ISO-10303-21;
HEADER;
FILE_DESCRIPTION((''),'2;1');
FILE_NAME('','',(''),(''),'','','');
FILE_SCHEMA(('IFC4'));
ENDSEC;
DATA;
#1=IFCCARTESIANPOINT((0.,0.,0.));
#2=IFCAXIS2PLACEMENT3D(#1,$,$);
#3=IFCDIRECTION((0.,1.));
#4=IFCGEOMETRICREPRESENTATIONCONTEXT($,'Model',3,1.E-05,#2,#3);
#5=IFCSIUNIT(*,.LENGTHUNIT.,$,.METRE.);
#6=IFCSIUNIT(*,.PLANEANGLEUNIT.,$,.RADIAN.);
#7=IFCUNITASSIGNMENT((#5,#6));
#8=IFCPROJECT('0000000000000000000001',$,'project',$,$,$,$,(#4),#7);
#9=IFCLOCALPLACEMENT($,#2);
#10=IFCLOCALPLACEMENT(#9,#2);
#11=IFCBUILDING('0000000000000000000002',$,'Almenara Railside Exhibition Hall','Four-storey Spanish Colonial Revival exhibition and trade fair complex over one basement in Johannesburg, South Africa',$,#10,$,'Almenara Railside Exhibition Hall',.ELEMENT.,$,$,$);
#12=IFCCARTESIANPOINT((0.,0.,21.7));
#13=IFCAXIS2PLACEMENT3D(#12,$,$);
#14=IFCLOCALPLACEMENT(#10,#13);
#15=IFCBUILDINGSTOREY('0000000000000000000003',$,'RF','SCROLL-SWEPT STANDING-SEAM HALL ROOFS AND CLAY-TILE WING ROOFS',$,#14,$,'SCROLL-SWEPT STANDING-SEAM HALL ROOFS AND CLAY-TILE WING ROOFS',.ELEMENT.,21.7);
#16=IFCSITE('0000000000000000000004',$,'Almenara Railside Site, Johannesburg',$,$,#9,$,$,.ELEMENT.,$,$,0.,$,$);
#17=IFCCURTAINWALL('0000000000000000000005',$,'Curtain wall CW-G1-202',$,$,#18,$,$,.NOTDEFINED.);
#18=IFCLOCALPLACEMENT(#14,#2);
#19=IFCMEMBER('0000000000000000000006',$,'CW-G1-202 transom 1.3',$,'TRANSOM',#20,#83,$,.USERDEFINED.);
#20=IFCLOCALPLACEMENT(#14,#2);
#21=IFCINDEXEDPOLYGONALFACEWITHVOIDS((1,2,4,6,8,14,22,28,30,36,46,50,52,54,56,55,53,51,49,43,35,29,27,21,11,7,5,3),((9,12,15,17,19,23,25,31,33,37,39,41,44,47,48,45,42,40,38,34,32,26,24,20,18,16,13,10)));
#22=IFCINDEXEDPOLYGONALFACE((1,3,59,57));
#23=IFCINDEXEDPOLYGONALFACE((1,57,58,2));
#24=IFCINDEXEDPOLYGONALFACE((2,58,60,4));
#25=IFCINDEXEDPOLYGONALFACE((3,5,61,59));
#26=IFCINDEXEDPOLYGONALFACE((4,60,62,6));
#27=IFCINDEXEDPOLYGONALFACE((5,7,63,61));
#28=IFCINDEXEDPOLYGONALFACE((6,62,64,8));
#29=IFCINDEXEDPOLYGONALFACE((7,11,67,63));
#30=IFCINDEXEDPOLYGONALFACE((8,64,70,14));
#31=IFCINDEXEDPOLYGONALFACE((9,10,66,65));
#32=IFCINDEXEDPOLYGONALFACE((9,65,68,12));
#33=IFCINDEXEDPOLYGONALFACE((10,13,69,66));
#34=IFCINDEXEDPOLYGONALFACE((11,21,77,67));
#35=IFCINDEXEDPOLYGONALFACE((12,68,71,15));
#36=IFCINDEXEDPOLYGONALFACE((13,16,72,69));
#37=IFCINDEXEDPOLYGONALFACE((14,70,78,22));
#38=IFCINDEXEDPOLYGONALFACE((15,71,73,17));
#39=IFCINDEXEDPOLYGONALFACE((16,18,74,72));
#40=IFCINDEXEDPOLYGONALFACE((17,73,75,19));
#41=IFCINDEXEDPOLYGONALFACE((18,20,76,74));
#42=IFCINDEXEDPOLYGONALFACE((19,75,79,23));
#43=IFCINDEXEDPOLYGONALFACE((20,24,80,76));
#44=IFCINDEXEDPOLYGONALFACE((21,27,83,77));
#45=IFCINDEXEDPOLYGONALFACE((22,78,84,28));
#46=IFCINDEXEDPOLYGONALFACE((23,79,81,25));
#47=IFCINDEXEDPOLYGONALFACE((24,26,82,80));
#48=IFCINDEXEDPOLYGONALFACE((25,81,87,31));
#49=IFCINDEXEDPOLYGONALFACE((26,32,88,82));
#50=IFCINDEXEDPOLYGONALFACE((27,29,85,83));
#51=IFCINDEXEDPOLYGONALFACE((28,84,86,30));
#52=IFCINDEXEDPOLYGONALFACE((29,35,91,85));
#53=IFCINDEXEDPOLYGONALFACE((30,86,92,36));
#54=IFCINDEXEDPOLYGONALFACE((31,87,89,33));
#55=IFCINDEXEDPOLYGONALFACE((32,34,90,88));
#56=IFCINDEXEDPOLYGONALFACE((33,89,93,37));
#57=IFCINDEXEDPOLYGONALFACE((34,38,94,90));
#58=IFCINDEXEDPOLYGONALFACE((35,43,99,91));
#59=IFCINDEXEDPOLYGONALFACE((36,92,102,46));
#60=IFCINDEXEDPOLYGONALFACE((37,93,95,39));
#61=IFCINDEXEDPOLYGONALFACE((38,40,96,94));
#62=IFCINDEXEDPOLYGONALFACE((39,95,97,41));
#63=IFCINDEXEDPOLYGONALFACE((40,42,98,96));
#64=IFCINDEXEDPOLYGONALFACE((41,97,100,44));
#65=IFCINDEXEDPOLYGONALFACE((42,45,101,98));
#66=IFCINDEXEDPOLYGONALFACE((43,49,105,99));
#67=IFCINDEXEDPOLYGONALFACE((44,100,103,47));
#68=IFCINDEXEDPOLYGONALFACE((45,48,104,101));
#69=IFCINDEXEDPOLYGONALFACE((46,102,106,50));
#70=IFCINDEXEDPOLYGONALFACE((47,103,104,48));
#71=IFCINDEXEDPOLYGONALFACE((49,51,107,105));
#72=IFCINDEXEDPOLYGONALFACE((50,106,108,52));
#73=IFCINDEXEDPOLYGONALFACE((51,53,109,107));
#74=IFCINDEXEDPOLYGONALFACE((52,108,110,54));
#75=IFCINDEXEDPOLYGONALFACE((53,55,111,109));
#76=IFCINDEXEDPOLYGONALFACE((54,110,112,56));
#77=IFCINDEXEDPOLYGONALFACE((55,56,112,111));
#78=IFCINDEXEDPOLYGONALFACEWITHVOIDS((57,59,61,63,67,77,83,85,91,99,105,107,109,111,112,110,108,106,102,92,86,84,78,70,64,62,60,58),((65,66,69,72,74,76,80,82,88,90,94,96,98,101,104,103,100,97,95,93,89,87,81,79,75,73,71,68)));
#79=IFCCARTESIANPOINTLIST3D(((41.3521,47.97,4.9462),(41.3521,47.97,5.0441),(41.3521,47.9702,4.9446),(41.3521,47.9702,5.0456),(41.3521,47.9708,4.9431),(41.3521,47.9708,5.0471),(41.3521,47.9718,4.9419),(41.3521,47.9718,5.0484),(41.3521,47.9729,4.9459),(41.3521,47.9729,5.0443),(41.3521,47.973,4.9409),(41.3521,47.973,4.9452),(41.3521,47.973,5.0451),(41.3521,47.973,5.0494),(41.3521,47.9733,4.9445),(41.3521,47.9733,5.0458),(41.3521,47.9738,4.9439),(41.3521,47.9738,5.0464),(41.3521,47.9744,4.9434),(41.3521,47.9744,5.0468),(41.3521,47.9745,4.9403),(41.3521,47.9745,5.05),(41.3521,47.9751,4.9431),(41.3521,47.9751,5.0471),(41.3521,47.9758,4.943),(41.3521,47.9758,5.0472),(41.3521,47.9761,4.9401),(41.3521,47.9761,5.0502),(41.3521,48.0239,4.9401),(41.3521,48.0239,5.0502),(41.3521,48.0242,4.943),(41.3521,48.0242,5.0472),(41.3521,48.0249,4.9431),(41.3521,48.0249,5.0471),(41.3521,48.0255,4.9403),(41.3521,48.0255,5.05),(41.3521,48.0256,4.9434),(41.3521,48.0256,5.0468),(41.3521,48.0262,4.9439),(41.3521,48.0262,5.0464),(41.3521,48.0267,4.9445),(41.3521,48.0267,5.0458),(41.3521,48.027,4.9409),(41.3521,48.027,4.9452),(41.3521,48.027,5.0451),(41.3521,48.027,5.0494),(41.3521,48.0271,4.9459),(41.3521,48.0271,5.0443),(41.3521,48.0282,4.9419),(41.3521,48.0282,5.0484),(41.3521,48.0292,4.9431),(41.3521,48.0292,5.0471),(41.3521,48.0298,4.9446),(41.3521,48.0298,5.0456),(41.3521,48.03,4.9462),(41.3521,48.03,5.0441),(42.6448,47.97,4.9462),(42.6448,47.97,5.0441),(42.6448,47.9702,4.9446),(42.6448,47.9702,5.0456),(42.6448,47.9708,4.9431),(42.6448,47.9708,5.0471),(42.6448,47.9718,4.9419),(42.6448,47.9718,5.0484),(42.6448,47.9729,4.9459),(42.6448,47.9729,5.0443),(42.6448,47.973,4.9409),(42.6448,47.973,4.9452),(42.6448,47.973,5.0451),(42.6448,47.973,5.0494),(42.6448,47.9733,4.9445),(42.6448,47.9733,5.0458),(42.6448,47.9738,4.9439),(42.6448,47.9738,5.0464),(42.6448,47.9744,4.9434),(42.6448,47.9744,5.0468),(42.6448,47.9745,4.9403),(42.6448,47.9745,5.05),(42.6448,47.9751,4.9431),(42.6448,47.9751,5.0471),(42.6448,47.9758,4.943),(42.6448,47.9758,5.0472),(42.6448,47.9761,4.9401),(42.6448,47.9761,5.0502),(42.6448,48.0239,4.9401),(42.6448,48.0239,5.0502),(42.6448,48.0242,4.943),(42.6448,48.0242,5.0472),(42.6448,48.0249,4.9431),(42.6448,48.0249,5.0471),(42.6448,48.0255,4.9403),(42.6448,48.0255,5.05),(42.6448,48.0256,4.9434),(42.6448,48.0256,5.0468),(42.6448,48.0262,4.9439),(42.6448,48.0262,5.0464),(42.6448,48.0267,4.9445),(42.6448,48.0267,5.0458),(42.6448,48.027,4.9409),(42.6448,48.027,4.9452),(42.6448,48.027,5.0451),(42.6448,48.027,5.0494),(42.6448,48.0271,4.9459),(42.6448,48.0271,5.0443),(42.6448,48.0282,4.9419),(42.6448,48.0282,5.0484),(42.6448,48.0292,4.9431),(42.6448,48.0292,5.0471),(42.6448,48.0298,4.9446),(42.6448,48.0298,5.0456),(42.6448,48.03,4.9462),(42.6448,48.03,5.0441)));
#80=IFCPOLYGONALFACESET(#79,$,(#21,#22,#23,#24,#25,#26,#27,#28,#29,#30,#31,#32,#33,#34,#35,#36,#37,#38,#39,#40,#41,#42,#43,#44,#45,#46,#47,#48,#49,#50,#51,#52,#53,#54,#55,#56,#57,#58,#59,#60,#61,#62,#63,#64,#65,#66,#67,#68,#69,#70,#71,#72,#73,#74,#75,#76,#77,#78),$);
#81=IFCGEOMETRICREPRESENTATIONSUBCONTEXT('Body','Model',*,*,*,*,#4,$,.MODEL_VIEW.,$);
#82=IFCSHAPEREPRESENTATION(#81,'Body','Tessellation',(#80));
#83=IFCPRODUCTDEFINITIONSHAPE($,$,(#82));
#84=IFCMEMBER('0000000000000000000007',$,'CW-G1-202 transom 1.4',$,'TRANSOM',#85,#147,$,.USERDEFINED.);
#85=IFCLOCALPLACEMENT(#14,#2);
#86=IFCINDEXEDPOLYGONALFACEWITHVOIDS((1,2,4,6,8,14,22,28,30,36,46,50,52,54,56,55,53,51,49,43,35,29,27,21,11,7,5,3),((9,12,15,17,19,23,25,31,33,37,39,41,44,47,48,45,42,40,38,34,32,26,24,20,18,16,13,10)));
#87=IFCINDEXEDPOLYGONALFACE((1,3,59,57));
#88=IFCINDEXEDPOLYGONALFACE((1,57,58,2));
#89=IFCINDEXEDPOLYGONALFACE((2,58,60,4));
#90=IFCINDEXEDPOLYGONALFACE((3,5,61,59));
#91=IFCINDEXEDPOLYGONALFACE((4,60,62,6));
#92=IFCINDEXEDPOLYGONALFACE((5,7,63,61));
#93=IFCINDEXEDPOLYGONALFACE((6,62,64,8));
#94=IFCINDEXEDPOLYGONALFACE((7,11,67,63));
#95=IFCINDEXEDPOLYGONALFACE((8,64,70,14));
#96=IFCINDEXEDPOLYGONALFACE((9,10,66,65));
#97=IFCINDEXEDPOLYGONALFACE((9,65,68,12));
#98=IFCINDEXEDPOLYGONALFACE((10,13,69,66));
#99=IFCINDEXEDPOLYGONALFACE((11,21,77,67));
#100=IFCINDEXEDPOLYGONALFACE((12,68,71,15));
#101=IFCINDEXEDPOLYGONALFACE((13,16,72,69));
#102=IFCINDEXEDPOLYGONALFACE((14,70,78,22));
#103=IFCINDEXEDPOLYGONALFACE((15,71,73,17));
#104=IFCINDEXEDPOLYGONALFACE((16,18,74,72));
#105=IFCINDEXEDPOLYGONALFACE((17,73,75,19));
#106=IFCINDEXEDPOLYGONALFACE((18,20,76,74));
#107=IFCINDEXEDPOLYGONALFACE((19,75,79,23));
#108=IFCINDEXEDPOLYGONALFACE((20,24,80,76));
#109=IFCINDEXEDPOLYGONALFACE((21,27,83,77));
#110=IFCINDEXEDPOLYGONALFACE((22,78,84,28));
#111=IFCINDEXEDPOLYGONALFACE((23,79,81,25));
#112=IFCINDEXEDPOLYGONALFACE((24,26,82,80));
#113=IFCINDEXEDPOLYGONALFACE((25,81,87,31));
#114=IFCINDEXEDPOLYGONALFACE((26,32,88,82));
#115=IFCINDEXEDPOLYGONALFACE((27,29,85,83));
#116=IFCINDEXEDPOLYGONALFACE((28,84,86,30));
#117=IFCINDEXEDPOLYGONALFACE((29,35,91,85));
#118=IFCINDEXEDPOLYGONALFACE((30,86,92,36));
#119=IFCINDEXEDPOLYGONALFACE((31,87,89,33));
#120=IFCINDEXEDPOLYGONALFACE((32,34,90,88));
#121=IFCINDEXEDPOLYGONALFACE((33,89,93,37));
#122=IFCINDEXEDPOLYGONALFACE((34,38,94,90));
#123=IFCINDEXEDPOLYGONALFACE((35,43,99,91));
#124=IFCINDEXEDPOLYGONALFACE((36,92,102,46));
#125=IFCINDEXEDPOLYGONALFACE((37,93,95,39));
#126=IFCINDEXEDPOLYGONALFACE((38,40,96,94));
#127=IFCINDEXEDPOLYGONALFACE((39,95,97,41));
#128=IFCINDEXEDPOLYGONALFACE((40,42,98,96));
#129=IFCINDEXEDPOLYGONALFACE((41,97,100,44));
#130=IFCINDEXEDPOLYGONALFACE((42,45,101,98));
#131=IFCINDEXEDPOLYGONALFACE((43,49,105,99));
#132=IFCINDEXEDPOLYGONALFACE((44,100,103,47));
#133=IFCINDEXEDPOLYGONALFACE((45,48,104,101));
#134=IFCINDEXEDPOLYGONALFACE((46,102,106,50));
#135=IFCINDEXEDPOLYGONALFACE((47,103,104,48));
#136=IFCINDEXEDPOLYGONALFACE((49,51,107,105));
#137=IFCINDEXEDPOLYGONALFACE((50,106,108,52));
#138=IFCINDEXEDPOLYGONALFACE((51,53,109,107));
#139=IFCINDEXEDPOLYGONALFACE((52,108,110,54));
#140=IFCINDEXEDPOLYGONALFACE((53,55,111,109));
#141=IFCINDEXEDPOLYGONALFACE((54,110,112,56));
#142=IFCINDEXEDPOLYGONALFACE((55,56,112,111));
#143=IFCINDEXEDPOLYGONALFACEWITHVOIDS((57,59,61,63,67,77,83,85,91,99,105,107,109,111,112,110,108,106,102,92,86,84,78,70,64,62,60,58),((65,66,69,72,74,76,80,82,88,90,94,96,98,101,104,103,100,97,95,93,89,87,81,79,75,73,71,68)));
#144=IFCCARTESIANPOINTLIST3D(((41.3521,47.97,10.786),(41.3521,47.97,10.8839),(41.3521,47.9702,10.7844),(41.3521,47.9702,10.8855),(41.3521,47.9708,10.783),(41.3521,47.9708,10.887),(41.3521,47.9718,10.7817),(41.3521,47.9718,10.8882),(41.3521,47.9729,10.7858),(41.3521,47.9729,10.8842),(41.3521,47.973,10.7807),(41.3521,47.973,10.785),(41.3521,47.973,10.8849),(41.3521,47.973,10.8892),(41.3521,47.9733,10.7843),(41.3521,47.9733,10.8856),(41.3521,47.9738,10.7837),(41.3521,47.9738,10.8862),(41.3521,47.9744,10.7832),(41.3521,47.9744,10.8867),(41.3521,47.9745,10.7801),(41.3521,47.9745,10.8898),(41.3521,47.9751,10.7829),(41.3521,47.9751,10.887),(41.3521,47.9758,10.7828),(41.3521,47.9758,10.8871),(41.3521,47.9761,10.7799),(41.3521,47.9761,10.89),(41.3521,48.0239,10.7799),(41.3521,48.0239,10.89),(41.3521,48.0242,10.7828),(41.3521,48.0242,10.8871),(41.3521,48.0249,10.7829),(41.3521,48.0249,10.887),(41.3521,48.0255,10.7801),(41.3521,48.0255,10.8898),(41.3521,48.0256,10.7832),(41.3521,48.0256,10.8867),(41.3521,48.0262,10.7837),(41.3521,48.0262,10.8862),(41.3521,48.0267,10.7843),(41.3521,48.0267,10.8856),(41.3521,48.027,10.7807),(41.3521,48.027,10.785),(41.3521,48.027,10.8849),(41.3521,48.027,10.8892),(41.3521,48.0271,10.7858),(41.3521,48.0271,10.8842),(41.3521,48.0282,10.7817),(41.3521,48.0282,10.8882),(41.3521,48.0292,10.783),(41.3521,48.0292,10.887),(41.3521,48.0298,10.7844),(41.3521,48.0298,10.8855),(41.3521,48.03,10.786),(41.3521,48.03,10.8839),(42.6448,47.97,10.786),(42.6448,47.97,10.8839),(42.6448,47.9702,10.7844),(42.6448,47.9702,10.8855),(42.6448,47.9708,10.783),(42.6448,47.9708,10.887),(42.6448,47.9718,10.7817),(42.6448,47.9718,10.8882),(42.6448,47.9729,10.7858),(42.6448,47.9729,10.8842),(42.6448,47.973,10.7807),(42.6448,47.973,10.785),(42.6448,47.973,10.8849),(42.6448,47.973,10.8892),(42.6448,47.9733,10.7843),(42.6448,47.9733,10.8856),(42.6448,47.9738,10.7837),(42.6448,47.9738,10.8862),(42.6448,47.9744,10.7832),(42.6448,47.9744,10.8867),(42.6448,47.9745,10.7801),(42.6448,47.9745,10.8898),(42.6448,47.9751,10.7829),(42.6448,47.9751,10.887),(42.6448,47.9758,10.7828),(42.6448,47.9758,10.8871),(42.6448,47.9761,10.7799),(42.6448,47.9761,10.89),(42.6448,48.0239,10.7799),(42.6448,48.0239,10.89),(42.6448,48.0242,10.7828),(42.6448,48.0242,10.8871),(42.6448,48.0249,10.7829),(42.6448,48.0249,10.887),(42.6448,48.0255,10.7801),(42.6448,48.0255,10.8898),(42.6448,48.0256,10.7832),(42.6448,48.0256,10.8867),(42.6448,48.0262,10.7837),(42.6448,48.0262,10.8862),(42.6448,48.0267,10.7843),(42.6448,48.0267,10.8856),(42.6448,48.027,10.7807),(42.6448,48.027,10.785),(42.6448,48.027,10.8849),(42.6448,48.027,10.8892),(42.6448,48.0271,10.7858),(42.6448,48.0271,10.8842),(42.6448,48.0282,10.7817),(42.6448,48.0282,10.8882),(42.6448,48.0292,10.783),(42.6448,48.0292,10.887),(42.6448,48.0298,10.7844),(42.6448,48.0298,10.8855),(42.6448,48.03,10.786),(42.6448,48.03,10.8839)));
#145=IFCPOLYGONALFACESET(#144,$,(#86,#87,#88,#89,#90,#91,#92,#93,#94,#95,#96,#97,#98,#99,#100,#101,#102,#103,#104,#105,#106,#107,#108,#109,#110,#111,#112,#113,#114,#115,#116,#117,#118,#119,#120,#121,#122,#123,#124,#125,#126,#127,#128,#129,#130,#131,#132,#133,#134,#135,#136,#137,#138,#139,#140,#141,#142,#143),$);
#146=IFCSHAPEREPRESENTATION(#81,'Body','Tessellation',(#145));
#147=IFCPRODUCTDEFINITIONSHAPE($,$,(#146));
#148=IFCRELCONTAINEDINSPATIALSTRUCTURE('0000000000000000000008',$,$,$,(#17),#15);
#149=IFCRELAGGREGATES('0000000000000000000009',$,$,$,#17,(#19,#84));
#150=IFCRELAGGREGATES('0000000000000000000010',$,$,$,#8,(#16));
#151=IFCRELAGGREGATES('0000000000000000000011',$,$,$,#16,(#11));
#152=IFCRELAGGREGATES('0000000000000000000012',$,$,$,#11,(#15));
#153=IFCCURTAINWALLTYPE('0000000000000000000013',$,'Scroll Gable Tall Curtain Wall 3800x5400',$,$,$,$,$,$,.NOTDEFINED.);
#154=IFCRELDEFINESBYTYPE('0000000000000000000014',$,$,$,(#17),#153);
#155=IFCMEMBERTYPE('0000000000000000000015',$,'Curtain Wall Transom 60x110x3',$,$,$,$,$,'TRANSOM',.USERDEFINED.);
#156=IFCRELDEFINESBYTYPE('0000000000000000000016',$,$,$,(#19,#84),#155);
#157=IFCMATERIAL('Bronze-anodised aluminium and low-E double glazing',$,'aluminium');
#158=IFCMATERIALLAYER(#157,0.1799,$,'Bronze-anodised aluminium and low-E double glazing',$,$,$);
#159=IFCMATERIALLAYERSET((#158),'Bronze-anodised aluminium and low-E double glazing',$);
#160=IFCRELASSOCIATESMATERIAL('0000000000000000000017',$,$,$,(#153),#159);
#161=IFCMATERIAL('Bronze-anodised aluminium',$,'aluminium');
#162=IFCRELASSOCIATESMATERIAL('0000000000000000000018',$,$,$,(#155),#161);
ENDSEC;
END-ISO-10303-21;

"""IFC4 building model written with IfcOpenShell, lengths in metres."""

from ifc_helpers import new_model, si_unit, direction, frame, origin, origin_2d, place, context, subcontext, project, spatial, hollow_rectangle, extrude, material, layer, layer_set, material_profile, profile_set, type_object, element, aggregate, save


model = new_model("IFC4")

# Units and contexts
model_context = context("Model", 3, precision=1e-05, world=origin(), true_north=direction((0.0, 1.0)))
body_context = subcontext(model_context, "Body", "Model", "MODEL_VIEW")
ifc_project = project(units=[si_unit("LENGTHUNIT", "METRE"), si_unit("PLANEANGLEUNIT", "RADIAN")], contexts=[model_context])

# Site, building, storey
site_placement = place(None, origin())
site = spatial("IfcSite", under=ifc_project, at=site_placement, Name="Almenara Railside Site, Johannesburg", CompositionType="ELEMENT", RefElevation=0.0)
building_placement = place(site_placement, origin())
building = spatial("IfcBuilding", under=site, at=building_placement, Name="Almenara Railside Exhibition Hall", Description="Four-storey Spanish Colonial Revival exhibition and trade fair complex over one basement in Johannesburg, South Africa", LongName="Almenara Railside Exhibition Hall", CompositionType="ELEMENT")
storey_placement = place(building_placement, frame((0.0, 0.0, 21.7)))
storey = spatial("IfcBuildingStorey", under=building, at=storey_placement, Name="RF", Description="SCROLL-SWEPT STANDING-SEAM HALL ROOFS AND CLAY-TILE WING ROOFS", LongName="SCROLL-SWEPT STANDING-SEAM HALL ROOFS AND CLAY-TILE WING ROOFS", CompositionType="ELEMENT", Elevation=21.7)

# Curtain wall, members
ifc_material_1 = material(Name="Bronze-anodised aluminium and low-E double glazing", Category="aluminium")
ifc_layer_1 = layer(ifc_material_1, 0.1799, Name="Bronze-anodised aluminium and low-E double glazing")
ifc_layer_set_1 = layer_set([ifc_layer_1], Name="Bronze-anodised aluminium and low-E double glazing")
curtain_wall_type = type_object("IfcCurtainWallType", Name="Scroll Gable Tall Curtain Wall 3800x5400", PredefinedType="NOTDEFINED", material=ifc_layer_set_1)
curtain_wall_1_placement = place(storey_placement, origin())
curtain_wall_1 = element("IfcCurtainWall", 1, at=curtain_wall_1_placement, inside=storey, type_object=curtain_wall_type, Name="Curtain wall CW-G1-202", PredefinedType="NOTDEFINED")
ifc_material_2 = material(Name="Bronze-anodised aluminium", Category="aluminium")
ifc_material_profile_1 = material_profile(ifc_material_2, hollow_rectangle(XDim=0.0601, YDim=0.1101, WallThickness=0.0029, InnerFilletRadius=0.0029, OuterFilletRadius=0.0061, at=origin_2d()), Name="ALU-TRN 60x110x3")
ifc_profile_set_1 = profile_set([ifc_material_profile_1], Name="Bronze-anodised aluminium")
member_type_1 = type_object("IfcMemberType", Name="Curtain Wall Transom 60x110x3", ElementType="TRANSOM", PredefinedType="USERDEFINED", material=ifc_profile_set_1)
member_1_placement = place(storey_placement, frame((41.3521, 48.0, 4.9951), z_axis=(1.0, 0.0, 0.0), x_axis=(0.0, 1.0, 0.0)))
member_1 = element("IfcMember", 2, at=member_1_placement, type_object=member_type_1, Name="CW-G1-202 transom 1.3", ObjectType="TRANSOM", PredefinedType="USERDEFINED", context=body_context, shape_type="SweptSolid", body=[
    extrude(hollow_rectangle(XDim=0.0601, YDim=0.1101, WallThickness=0.0029, InnerFilletRadius=0.0029, OuterFilletRadius=0.0061, at=origin_2d()), origin(), (0.0, 0.0, 1.0), 1.2927),
])
member_2_placement = place(storey_placement, frame((41.3521, 48.0, 10.835), z_axis=(1.0, 0.0, 0.0), x_axis=(0.0, 1.0, 0.0)))
member_2 = element("IfcMember", 3, at=member_2_placement, type_object=member_type_1, Name="CW-G1-202 transom 1.4", ObjectType="TRANSOM", PredefinedType="USERDEFINED", context=body_context, shape_type="SweptSolid", body=[
    extrude(hollow_rectangle(XDim=0.0601, YDim=0.1101, WallThickness=0.0029, InnerFilletRadius=0.0029, OuterFilletRadius=0.0061, at=origin_2d()), origin(), (0.0, 0.0, 1.0), 1.2927),
])

aggregate(curtain_wall_1, [member_1, member_2])

save(model, "model.ifc")
